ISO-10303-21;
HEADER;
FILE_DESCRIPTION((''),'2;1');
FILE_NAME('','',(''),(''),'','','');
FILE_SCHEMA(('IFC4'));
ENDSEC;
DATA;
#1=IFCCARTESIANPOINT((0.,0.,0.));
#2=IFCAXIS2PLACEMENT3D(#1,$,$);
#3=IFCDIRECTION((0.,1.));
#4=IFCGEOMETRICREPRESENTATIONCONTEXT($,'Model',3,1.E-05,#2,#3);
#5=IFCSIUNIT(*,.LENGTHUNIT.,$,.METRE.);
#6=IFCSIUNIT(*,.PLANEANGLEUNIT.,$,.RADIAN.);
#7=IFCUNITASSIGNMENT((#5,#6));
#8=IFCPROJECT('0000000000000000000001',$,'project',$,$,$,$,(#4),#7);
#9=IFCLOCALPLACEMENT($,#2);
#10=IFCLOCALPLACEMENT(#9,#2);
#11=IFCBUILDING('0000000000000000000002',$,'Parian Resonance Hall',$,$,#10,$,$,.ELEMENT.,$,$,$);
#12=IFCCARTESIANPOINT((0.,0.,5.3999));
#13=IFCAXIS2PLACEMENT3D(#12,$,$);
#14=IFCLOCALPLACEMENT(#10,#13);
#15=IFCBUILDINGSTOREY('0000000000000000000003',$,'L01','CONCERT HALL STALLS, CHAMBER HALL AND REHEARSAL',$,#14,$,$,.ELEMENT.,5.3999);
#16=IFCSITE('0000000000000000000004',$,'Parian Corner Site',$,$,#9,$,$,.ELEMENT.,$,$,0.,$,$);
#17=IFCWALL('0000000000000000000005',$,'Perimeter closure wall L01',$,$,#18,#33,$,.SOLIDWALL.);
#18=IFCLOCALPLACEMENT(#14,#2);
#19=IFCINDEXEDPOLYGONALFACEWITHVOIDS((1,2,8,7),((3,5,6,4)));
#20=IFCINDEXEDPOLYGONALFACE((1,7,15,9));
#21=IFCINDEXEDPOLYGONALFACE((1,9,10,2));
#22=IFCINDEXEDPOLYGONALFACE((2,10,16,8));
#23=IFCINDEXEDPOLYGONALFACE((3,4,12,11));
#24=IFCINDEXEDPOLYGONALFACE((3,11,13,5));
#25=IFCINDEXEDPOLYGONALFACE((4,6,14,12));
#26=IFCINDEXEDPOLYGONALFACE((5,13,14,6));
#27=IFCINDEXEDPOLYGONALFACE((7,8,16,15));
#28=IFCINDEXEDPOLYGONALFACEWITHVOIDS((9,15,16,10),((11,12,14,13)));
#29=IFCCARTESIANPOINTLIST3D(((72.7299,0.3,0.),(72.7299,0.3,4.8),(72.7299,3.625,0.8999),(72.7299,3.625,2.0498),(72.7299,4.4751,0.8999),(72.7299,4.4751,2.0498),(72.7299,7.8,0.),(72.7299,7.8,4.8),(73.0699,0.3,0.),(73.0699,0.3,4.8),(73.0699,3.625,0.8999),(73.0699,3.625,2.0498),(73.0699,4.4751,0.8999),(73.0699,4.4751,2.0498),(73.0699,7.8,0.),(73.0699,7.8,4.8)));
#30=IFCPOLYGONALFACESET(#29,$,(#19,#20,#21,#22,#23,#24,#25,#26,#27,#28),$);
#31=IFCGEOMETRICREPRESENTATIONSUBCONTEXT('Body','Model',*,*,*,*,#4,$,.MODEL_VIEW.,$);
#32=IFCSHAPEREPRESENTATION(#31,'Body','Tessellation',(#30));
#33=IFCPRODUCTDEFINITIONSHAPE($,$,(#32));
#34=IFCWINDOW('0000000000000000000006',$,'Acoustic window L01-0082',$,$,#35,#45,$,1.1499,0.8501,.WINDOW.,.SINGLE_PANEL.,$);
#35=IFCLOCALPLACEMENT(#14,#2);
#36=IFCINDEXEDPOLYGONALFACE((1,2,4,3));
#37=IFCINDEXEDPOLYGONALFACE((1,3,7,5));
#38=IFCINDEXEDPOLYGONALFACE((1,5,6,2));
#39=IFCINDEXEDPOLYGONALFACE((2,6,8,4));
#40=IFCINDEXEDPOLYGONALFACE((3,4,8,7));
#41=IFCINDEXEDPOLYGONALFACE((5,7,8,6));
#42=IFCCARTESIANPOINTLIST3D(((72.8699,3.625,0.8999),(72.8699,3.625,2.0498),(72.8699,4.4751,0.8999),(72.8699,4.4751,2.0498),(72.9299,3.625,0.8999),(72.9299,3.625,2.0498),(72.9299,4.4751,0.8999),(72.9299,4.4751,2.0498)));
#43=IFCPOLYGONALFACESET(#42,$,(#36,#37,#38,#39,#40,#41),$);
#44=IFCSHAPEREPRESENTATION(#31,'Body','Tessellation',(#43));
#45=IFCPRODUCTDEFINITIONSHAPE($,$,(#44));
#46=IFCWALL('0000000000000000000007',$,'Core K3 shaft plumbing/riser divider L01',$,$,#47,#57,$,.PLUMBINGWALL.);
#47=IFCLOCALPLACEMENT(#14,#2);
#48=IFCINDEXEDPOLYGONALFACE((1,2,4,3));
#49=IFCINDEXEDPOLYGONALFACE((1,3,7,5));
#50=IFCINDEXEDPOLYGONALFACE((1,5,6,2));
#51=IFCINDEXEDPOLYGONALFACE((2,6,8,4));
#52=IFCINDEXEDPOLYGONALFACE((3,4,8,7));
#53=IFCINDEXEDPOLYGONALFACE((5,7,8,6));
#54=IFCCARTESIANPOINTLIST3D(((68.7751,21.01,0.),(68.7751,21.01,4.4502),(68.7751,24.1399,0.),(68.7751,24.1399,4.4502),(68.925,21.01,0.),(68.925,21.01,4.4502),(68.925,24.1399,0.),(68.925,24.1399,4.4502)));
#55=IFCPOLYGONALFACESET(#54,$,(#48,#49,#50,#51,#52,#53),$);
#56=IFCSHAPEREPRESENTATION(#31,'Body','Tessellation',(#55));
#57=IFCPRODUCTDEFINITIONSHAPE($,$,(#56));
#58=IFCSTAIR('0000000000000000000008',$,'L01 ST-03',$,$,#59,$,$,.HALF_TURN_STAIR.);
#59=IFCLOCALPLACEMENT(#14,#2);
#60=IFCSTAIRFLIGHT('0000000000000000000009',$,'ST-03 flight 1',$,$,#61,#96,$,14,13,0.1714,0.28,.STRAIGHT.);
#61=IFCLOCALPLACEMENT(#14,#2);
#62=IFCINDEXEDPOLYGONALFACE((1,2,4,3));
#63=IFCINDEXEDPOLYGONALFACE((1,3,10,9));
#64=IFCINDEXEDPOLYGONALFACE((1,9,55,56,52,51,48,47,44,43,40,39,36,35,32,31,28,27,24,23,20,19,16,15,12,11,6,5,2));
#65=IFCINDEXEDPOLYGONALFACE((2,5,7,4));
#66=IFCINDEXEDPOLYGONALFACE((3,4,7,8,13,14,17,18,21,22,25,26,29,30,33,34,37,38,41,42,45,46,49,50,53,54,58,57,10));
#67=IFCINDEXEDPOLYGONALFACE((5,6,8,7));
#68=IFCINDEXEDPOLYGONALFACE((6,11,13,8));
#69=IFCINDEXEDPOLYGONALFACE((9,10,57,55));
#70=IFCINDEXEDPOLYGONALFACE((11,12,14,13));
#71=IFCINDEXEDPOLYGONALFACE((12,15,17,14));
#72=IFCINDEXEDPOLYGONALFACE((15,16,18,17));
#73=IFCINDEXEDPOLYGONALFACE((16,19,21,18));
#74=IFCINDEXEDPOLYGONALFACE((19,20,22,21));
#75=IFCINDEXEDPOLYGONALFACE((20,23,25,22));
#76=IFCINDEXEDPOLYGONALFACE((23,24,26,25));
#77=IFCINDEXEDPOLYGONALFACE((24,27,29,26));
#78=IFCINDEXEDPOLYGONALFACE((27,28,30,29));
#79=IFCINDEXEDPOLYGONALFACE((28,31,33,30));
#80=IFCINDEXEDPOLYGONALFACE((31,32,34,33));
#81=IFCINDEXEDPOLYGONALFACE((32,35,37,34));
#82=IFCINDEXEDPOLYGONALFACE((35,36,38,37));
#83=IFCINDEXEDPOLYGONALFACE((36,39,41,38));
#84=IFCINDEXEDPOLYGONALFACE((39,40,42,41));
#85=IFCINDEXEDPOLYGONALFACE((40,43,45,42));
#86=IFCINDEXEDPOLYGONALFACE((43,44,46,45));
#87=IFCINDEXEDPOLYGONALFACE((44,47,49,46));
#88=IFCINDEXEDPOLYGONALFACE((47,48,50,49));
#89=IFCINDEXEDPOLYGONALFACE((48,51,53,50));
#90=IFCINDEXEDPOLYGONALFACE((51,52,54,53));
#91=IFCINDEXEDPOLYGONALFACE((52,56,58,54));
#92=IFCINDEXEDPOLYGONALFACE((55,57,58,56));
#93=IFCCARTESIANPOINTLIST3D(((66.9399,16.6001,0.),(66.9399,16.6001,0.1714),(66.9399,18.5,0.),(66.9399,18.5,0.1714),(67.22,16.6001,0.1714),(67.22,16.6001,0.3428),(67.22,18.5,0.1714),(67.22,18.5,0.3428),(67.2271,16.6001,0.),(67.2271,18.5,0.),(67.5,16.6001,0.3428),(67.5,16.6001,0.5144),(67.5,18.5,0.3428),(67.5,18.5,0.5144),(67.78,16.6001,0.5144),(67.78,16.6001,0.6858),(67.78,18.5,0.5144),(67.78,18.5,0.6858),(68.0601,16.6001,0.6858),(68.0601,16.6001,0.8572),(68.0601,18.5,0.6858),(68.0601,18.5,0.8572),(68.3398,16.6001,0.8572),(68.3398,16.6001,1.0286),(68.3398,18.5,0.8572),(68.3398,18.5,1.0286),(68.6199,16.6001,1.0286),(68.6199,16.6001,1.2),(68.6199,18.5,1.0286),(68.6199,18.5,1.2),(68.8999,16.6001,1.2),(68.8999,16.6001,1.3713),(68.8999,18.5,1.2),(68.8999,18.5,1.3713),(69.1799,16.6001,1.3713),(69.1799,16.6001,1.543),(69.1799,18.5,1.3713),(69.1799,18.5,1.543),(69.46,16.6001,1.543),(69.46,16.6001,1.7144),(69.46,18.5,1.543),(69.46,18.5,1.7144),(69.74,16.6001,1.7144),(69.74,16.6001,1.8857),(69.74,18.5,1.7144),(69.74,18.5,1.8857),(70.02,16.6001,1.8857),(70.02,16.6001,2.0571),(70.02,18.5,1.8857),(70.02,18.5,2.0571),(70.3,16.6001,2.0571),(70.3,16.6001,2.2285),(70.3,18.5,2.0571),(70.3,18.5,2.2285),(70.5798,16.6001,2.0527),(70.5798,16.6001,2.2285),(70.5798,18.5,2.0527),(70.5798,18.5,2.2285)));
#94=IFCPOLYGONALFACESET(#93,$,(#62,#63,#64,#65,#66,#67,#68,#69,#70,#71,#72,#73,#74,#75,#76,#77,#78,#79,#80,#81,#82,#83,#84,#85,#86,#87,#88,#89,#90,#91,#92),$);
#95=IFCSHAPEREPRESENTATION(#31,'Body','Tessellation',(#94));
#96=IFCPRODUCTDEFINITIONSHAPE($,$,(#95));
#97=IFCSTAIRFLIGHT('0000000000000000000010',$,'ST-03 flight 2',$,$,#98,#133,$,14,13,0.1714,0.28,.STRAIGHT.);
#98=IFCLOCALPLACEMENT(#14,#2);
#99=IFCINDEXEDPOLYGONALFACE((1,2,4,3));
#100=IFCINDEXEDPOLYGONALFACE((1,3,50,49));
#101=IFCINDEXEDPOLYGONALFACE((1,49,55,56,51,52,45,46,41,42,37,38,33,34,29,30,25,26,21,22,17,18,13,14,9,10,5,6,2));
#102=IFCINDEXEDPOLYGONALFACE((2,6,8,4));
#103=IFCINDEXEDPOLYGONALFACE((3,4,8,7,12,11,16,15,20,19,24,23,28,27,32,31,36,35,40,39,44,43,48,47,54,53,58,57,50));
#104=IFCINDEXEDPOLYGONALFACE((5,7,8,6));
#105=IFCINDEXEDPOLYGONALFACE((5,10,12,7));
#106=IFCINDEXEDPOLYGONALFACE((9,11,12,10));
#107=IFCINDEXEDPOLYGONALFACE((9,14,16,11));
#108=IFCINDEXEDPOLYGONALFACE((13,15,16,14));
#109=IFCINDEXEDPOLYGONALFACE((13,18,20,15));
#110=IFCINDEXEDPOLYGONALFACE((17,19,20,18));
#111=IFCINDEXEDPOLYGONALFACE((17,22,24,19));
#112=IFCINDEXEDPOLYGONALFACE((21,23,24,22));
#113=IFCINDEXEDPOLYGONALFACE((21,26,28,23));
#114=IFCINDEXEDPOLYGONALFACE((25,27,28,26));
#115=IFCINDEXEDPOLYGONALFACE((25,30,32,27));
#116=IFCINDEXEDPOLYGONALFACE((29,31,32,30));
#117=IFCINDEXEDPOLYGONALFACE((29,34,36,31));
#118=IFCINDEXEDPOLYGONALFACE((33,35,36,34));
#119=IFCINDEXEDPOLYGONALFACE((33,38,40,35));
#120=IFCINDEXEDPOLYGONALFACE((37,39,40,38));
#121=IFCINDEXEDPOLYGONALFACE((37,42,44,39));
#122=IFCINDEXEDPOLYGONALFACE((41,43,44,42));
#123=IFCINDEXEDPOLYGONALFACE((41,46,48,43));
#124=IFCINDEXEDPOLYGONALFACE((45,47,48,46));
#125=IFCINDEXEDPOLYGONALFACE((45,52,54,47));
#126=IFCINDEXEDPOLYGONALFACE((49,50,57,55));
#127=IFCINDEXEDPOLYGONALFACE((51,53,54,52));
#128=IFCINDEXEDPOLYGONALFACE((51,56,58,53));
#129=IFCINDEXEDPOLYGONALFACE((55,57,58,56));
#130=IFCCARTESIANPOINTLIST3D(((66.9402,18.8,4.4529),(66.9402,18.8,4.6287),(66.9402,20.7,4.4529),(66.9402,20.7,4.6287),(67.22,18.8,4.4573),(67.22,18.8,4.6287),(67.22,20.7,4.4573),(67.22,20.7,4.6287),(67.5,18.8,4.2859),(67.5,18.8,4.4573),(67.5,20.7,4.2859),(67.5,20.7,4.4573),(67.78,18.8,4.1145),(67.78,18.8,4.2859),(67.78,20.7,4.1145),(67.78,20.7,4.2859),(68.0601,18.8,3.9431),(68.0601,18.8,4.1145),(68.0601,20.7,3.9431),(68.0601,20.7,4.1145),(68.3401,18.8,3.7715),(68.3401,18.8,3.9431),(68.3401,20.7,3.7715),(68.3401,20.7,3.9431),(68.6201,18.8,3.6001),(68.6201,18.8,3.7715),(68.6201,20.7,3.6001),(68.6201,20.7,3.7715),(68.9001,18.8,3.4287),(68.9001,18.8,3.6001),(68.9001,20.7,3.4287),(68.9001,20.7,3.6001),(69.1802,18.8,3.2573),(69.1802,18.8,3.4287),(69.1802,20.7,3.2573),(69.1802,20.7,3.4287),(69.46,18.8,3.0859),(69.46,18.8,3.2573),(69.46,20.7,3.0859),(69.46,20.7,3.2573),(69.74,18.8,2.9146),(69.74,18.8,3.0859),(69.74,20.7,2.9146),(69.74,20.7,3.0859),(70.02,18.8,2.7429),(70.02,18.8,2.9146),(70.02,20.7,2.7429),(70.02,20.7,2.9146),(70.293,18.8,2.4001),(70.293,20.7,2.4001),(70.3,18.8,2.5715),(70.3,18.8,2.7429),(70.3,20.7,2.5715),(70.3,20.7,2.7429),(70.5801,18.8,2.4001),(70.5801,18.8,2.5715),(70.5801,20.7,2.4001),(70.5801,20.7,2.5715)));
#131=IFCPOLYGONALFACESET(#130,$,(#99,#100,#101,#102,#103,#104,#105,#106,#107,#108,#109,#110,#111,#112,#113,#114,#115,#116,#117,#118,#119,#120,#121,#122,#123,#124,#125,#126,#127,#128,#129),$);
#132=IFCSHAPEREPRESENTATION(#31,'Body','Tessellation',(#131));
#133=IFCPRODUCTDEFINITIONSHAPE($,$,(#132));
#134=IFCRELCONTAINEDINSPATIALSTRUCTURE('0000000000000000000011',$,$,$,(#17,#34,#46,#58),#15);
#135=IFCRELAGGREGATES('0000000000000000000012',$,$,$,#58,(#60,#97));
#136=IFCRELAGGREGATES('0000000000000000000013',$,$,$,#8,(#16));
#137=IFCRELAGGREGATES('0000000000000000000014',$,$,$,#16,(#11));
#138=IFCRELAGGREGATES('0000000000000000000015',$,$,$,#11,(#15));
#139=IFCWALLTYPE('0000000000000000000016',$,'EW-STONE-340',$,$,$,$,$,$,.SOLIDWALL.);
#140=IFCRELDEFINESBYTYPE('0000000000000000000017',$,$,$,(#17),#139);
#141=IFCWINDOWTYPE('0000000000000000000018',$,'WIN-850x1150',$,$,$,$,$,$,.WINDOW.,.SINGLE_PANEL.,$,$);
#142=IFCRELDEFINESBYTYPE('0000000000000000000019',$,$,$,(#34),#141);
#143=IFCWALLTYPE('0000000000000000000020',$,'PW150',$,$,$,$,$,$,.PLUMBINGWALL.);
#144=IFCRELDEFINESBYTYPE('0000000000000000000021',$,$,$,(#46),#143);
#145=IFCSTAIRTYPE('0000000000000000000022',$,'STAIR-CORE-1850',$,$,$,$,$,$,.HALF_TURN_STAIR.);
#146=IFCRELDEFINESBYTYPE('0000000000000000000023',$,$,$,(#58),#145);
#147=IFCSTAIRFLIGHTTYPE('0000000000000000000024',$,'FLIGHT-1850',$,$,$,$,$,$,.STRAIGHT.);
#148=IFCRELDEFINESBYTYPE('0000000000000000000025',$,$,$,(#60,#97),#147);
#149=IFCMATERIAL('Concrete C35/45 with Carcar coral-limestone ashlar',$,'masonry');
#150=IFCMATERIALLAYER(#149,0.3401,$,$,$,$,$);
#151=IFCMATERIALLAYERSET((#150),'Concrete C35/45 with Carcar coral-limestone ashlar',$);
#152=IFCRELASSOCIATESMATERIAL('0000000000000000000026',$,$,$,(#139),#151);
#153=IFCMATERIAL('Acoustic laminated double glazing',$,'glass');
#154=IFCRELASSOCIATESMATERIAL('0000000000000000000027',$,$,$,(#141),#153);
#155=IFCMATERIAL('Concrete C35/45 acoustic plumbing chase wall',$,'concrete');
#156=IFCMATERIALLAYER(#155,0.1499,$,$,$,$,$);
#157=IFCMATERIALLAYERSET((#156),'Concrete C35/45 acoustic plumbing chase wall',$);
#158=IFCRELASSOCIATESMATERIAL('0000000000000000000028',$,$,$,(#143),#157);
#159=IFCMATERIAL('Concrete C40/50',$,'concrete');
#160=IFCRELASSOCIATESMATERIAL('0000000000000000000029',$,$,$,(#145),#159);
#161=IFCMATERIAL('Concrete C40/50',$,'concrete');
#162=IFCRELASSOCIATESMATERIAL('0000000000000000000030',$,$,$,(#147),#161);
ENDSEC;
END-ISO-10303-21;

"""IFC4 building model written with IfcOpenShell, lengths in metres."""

from ifc_helpers import new_model, si_unit, direction, frame, frame_2d, origin, place, context, subcontext, project, spatial, polyline, rectangle, outline, extrude, material, layer, layer_set, type_object, element, fill, aggregate, save


model = new_model("IFC4")

# Units and contexts
model_context = context("Model", 3, precision=1e-05, world=origin(), true_north=direction((0.0, 1.0)))
body_context = subcontext(model_context, "Body", "Model", "MODEL_VIEW")
ifc_project = project(units=[si_unit("LENGTHUNIT", "METRE"), si_unit("PLANEANGLEUNIT", "RADIAN")], contexts=[model_context])

# Site, building, storey
site_placement = place(None, origin())
site = spatial("IfcSite", under=ifc_project, at=site_placement, Name="Parian Corner Site", CompositionType="ELEMENT", RefElevation=0.0)
building_placement = place(site_placement, origin())
building = spatial("IfcBuilding", under=site, at=building_placement, Name="Parian Resonance Hall", CompositionType="ELEMENT")
storey_placement = place(building_placement, frame((0.0, 0.0, 5.3999)))
storey = spatial("IfcBuildingStorey", under=building, at=storey_placement, Name="L01", Description="CONCERT HALL STALLS, CHAMBER HALL AND REHEARSAL", CompositionType="ELEMENT", Elevation=5.3999)

# Shared definitions
ifc_material_1 = material(Name="Concrete C35/45 with Carcar coral-limestone ashlar", Category="masonry")
ifc_layer_1 = layer(ifc_material_1, 0.3401)
ifc_layer_set_1 = layer_set([ifc_layer_1], Name="Concrete C35/45 with Carcar coral-limestone ashlar")
wall_type_1 = type_object("IfcWallType", Name="EW-STONE-340", PredefinedType="SOLIDWALL", material=ifc_layer_set_1)

# Wall, opening, window
wall_1_placement = place(storey_placement, frame((72.8999, 7.8, 0.0), z_axis=(0.0, 0.0, 1.0), x_axis=(0.0, -1.0, 0.0)))
wall_1 = element("IfcWall", 1, at=wall_1_placement, inside=storey, type_object=wall_type_1, Name="Perimeter closure wall L01", PredefinedType="SOLIDWALL", context=body_context, shape_type="SweptSolid", body=[
    extrude(rectangle(XDim=7.5, YDim=0.3401, at=frame_2d((3.75, 0.0))), origin(), (0.0, 0.0, 1.0), 4.8),
])
opening_placement = place(wall_1_placement, frame((3.325, 0.0, 0.8999)))
opening = element("IfcOpeningElement", 2, at=opening_placement, cuts=wall_1, PredefinedType="OPENING", context=body_context, shape_type="SweptSolid", body=[
    extrude(rectangle(XDim=0.8501, YDim=1.1499, at=frame_2d((0.425, 0.575))), frame((0.0, 0.1799, 0.0), z_axis=(0.0, -1.0, 0.0), x_axis=(1.0, 0.0, 0.0)), (0.0, 0.0, 1.0), 0.3601),
])
ifc_material_2 = material(Name="Acoustic laminated double glazing", Category="glass")
window_type = type_object("IfcWindowType", Name="WIN-850x1150", PartitioningType="SINGLE_PANEL", PredefinedType="WINDOW", material=ifc_material_2)
window_placement = place(opening_placement, origin())
window = element("IfcWindow", 3, at=window_placement, inside=storey, type_object=window_type, Name="Acoustic window L01-0082", OverallHeight=1.1499, OverallWidth=0.8501, PartitioningType="SINGLE_PANEL", PredefinedType="WINDOW", context=body_context, shape_type="SweptSolid", body=[
    extrude(rectangle(XDim=0.8501, YDim=1.1499, at=frame_2d((0.425, 0.575))), frame((0.0, 0.03, 0.0), z_axis=(0.0, -1.0, 0.0), x_axis=(1.0, 0.0, 0.0)), (0.0, 0.0, 1.0), 0.0601),
])
fill(opening, window)

# Wall
ifc_material_3 = material(Name="Concrete C35/45 acoustic plumbing chase wall", Category="concrete")
ifc_layer_2 = layer(ifc_material_3, 0.1499)
ifc_layer_set_2 = layer_set([ifc_layer_2], Name="Concrete C35/45 acoustic plumbing chase wall")
wall_type_2 = type_object("IfcWallType", Name="PW150", PredefinedType="PLUMBINGWALL", material=ifc_layer_set_2)
wall_2_placement = place(storey_placement, frame((68.8501, 21.01, 0.0), z_axis=(0.0, 0.0, 1.0), x_axis=(0.0, 1.0, 0.0)))
element("IfcWall", 4, at=wall_2_placement, inside=storey, type_object=wall_type_2, Name="Core K3 shaft plumbing/riser divider L01", PredefinedType="PLUMBINGWALL", context=body_context, shape_type="SweptSolid", body=[
    extrude(rectangle(XDim=3.1299, YDim=0.1499, at=frame_2d((1.5649, 0.0))), origin(), (0.0, 0.0, 1.0), 4.4502),
])

# Stair, stair flights
ifc_material_4 = material(Name="Concrete C40/50", Category="concrete")
stair_type = type_object("IfcStairType", Name="STAIR-CORE-1850", PredefinedType="HALF_TURN_STAIR", material=ifc_material_4)
stair_placement = place(storey_placement, origin())
stair = element("IfcStair", 5, at=stair_placement, inside=storey, type_object=stair_type, Name="L01 ST-03", PredefinedType="HALF_TURN_STAIR")
ifc_material_5 = material(Name="Concrete C40/50", Category="concrete")
stair_flight_type = type_object("IfcStairFlightType", Name="FLIGHT-1850", PredefinedType="STRAIGHT", material=ifc_material_5)
stair_flight_1_placement = place(storey_placement, frame((66.9399, 17.55, 0.0), z_axis=(0.0, 0.0, 1.0), x_axis=(1.0, 0.0, 0.0)))
stair_flight_1 = element("IfcStairFlight", 6, at=stair_flight_1_placement, type_object=stair_flight_type, Name="ST-03 flight 1", NumberOfRisers=14, NumberOfTreads=13, PredefinedType="STRAIGHT", RiserHeight=0.1714, TreadLength=0.28, context=body_context, shape_type="SweptSolid", body=[
    extrude(outline(polyline([(0.0, 0.0), (0.0, 0.1714), (0.28, 0.1714), (0.28, 0.3428), (0.5601, 0.3428), (0.5601, 0.5144), (0.8401, 0.5144), (0.8401, 0.6858), (1.1201, 0.6858), (1.1201, 0.8572), (1.3999, 0.8572), (1.3999, 1.0286), (1.6799, 1.0286), (1.6799, 1.2), (1.96, 1.2), (1.96, 1.3713), (2.24, 1.3713), (2.24, 1.543), (2.52, 1.543), (2.52, 1.7144), (2.8, 1.7144), (2.8, 1.8857), (3.0801, 1.8857), (3.0801, 2.0571), (3.3601, 2.0571), (3.3601, 2.2285), (3.6399, 2.2285), (3.6399, 2.3999), (3.6399, 2.0527), (0.2871, 0.0), (0.0, 0.0)])), frame((0.0, 0.95, 0.0), z_axis=(0.0, -1.0, 0.0), x_axis=(1.0, 0.0, 0.0)), (0.0, 0.0, 1.0), 1.8999),
])
stair_flight_2_placement = place(storey_placement, frame((70.5801, 19.75, 2.4001), z_axis=(0.0, 0.0, 1.0), x_axis=(-1.0, 0.0, 0.0)))
stair_flight_2 = element("IfcStairFlight", 7, at=stair_flight_2_placement, type_object=stair_flight_type, Name="ST-03 flight 2", NumberOfRisers=14, NumberOfTreads=13, PredefinedType="STRAIGHT", RiserHeight=0.1714, TreadLength=0.28, context=body_context, shape_type="SweptSolid", body=[
    extrude(outline(polyline([(0.0, 0.0), (0.0, 0.1714), (0.28, 0.1714), (0.28, 0.3428), (0.5601, 0.3428), (0.5601, 0.5144), (0.8401, 0.5144), (0.8401, 0.6858), (1.1201, 0.6858), (1.1201, 0.8572), (1.3999, 0.8572), (1.3999, 1.0286), (1.6799, 1.0286), (1.6799, 1.2), (1.96, 1.2), (1.96, 1.3713), (2.24, 1.3713), (2.24, 1.543), (2.52, 1.543), (2.52, 1.7144), (2.8, 1.7144), (2.8, 1.8857), (3.0801, 1.8857), (3.0801, 2.0571), (3.3601, 2.0571), (3.3601, 2.2285), (3.6399, 2.2285), (3.6399, 2.3999), (3.6399, 2.0527), (0.2871, 0.0), (0.0, 0.0)])), frame((0.0, 0.95, 0.0), z_axis=(0.0, -1.0, 0.0), x_axis=(1.0, 0.0, 0.0)), (0.0, 0.0, 1.0), 1.8999),
])
aggregate(stair, [stair_flight_1, stair_flight_2])

save(model, "model.ifc")
